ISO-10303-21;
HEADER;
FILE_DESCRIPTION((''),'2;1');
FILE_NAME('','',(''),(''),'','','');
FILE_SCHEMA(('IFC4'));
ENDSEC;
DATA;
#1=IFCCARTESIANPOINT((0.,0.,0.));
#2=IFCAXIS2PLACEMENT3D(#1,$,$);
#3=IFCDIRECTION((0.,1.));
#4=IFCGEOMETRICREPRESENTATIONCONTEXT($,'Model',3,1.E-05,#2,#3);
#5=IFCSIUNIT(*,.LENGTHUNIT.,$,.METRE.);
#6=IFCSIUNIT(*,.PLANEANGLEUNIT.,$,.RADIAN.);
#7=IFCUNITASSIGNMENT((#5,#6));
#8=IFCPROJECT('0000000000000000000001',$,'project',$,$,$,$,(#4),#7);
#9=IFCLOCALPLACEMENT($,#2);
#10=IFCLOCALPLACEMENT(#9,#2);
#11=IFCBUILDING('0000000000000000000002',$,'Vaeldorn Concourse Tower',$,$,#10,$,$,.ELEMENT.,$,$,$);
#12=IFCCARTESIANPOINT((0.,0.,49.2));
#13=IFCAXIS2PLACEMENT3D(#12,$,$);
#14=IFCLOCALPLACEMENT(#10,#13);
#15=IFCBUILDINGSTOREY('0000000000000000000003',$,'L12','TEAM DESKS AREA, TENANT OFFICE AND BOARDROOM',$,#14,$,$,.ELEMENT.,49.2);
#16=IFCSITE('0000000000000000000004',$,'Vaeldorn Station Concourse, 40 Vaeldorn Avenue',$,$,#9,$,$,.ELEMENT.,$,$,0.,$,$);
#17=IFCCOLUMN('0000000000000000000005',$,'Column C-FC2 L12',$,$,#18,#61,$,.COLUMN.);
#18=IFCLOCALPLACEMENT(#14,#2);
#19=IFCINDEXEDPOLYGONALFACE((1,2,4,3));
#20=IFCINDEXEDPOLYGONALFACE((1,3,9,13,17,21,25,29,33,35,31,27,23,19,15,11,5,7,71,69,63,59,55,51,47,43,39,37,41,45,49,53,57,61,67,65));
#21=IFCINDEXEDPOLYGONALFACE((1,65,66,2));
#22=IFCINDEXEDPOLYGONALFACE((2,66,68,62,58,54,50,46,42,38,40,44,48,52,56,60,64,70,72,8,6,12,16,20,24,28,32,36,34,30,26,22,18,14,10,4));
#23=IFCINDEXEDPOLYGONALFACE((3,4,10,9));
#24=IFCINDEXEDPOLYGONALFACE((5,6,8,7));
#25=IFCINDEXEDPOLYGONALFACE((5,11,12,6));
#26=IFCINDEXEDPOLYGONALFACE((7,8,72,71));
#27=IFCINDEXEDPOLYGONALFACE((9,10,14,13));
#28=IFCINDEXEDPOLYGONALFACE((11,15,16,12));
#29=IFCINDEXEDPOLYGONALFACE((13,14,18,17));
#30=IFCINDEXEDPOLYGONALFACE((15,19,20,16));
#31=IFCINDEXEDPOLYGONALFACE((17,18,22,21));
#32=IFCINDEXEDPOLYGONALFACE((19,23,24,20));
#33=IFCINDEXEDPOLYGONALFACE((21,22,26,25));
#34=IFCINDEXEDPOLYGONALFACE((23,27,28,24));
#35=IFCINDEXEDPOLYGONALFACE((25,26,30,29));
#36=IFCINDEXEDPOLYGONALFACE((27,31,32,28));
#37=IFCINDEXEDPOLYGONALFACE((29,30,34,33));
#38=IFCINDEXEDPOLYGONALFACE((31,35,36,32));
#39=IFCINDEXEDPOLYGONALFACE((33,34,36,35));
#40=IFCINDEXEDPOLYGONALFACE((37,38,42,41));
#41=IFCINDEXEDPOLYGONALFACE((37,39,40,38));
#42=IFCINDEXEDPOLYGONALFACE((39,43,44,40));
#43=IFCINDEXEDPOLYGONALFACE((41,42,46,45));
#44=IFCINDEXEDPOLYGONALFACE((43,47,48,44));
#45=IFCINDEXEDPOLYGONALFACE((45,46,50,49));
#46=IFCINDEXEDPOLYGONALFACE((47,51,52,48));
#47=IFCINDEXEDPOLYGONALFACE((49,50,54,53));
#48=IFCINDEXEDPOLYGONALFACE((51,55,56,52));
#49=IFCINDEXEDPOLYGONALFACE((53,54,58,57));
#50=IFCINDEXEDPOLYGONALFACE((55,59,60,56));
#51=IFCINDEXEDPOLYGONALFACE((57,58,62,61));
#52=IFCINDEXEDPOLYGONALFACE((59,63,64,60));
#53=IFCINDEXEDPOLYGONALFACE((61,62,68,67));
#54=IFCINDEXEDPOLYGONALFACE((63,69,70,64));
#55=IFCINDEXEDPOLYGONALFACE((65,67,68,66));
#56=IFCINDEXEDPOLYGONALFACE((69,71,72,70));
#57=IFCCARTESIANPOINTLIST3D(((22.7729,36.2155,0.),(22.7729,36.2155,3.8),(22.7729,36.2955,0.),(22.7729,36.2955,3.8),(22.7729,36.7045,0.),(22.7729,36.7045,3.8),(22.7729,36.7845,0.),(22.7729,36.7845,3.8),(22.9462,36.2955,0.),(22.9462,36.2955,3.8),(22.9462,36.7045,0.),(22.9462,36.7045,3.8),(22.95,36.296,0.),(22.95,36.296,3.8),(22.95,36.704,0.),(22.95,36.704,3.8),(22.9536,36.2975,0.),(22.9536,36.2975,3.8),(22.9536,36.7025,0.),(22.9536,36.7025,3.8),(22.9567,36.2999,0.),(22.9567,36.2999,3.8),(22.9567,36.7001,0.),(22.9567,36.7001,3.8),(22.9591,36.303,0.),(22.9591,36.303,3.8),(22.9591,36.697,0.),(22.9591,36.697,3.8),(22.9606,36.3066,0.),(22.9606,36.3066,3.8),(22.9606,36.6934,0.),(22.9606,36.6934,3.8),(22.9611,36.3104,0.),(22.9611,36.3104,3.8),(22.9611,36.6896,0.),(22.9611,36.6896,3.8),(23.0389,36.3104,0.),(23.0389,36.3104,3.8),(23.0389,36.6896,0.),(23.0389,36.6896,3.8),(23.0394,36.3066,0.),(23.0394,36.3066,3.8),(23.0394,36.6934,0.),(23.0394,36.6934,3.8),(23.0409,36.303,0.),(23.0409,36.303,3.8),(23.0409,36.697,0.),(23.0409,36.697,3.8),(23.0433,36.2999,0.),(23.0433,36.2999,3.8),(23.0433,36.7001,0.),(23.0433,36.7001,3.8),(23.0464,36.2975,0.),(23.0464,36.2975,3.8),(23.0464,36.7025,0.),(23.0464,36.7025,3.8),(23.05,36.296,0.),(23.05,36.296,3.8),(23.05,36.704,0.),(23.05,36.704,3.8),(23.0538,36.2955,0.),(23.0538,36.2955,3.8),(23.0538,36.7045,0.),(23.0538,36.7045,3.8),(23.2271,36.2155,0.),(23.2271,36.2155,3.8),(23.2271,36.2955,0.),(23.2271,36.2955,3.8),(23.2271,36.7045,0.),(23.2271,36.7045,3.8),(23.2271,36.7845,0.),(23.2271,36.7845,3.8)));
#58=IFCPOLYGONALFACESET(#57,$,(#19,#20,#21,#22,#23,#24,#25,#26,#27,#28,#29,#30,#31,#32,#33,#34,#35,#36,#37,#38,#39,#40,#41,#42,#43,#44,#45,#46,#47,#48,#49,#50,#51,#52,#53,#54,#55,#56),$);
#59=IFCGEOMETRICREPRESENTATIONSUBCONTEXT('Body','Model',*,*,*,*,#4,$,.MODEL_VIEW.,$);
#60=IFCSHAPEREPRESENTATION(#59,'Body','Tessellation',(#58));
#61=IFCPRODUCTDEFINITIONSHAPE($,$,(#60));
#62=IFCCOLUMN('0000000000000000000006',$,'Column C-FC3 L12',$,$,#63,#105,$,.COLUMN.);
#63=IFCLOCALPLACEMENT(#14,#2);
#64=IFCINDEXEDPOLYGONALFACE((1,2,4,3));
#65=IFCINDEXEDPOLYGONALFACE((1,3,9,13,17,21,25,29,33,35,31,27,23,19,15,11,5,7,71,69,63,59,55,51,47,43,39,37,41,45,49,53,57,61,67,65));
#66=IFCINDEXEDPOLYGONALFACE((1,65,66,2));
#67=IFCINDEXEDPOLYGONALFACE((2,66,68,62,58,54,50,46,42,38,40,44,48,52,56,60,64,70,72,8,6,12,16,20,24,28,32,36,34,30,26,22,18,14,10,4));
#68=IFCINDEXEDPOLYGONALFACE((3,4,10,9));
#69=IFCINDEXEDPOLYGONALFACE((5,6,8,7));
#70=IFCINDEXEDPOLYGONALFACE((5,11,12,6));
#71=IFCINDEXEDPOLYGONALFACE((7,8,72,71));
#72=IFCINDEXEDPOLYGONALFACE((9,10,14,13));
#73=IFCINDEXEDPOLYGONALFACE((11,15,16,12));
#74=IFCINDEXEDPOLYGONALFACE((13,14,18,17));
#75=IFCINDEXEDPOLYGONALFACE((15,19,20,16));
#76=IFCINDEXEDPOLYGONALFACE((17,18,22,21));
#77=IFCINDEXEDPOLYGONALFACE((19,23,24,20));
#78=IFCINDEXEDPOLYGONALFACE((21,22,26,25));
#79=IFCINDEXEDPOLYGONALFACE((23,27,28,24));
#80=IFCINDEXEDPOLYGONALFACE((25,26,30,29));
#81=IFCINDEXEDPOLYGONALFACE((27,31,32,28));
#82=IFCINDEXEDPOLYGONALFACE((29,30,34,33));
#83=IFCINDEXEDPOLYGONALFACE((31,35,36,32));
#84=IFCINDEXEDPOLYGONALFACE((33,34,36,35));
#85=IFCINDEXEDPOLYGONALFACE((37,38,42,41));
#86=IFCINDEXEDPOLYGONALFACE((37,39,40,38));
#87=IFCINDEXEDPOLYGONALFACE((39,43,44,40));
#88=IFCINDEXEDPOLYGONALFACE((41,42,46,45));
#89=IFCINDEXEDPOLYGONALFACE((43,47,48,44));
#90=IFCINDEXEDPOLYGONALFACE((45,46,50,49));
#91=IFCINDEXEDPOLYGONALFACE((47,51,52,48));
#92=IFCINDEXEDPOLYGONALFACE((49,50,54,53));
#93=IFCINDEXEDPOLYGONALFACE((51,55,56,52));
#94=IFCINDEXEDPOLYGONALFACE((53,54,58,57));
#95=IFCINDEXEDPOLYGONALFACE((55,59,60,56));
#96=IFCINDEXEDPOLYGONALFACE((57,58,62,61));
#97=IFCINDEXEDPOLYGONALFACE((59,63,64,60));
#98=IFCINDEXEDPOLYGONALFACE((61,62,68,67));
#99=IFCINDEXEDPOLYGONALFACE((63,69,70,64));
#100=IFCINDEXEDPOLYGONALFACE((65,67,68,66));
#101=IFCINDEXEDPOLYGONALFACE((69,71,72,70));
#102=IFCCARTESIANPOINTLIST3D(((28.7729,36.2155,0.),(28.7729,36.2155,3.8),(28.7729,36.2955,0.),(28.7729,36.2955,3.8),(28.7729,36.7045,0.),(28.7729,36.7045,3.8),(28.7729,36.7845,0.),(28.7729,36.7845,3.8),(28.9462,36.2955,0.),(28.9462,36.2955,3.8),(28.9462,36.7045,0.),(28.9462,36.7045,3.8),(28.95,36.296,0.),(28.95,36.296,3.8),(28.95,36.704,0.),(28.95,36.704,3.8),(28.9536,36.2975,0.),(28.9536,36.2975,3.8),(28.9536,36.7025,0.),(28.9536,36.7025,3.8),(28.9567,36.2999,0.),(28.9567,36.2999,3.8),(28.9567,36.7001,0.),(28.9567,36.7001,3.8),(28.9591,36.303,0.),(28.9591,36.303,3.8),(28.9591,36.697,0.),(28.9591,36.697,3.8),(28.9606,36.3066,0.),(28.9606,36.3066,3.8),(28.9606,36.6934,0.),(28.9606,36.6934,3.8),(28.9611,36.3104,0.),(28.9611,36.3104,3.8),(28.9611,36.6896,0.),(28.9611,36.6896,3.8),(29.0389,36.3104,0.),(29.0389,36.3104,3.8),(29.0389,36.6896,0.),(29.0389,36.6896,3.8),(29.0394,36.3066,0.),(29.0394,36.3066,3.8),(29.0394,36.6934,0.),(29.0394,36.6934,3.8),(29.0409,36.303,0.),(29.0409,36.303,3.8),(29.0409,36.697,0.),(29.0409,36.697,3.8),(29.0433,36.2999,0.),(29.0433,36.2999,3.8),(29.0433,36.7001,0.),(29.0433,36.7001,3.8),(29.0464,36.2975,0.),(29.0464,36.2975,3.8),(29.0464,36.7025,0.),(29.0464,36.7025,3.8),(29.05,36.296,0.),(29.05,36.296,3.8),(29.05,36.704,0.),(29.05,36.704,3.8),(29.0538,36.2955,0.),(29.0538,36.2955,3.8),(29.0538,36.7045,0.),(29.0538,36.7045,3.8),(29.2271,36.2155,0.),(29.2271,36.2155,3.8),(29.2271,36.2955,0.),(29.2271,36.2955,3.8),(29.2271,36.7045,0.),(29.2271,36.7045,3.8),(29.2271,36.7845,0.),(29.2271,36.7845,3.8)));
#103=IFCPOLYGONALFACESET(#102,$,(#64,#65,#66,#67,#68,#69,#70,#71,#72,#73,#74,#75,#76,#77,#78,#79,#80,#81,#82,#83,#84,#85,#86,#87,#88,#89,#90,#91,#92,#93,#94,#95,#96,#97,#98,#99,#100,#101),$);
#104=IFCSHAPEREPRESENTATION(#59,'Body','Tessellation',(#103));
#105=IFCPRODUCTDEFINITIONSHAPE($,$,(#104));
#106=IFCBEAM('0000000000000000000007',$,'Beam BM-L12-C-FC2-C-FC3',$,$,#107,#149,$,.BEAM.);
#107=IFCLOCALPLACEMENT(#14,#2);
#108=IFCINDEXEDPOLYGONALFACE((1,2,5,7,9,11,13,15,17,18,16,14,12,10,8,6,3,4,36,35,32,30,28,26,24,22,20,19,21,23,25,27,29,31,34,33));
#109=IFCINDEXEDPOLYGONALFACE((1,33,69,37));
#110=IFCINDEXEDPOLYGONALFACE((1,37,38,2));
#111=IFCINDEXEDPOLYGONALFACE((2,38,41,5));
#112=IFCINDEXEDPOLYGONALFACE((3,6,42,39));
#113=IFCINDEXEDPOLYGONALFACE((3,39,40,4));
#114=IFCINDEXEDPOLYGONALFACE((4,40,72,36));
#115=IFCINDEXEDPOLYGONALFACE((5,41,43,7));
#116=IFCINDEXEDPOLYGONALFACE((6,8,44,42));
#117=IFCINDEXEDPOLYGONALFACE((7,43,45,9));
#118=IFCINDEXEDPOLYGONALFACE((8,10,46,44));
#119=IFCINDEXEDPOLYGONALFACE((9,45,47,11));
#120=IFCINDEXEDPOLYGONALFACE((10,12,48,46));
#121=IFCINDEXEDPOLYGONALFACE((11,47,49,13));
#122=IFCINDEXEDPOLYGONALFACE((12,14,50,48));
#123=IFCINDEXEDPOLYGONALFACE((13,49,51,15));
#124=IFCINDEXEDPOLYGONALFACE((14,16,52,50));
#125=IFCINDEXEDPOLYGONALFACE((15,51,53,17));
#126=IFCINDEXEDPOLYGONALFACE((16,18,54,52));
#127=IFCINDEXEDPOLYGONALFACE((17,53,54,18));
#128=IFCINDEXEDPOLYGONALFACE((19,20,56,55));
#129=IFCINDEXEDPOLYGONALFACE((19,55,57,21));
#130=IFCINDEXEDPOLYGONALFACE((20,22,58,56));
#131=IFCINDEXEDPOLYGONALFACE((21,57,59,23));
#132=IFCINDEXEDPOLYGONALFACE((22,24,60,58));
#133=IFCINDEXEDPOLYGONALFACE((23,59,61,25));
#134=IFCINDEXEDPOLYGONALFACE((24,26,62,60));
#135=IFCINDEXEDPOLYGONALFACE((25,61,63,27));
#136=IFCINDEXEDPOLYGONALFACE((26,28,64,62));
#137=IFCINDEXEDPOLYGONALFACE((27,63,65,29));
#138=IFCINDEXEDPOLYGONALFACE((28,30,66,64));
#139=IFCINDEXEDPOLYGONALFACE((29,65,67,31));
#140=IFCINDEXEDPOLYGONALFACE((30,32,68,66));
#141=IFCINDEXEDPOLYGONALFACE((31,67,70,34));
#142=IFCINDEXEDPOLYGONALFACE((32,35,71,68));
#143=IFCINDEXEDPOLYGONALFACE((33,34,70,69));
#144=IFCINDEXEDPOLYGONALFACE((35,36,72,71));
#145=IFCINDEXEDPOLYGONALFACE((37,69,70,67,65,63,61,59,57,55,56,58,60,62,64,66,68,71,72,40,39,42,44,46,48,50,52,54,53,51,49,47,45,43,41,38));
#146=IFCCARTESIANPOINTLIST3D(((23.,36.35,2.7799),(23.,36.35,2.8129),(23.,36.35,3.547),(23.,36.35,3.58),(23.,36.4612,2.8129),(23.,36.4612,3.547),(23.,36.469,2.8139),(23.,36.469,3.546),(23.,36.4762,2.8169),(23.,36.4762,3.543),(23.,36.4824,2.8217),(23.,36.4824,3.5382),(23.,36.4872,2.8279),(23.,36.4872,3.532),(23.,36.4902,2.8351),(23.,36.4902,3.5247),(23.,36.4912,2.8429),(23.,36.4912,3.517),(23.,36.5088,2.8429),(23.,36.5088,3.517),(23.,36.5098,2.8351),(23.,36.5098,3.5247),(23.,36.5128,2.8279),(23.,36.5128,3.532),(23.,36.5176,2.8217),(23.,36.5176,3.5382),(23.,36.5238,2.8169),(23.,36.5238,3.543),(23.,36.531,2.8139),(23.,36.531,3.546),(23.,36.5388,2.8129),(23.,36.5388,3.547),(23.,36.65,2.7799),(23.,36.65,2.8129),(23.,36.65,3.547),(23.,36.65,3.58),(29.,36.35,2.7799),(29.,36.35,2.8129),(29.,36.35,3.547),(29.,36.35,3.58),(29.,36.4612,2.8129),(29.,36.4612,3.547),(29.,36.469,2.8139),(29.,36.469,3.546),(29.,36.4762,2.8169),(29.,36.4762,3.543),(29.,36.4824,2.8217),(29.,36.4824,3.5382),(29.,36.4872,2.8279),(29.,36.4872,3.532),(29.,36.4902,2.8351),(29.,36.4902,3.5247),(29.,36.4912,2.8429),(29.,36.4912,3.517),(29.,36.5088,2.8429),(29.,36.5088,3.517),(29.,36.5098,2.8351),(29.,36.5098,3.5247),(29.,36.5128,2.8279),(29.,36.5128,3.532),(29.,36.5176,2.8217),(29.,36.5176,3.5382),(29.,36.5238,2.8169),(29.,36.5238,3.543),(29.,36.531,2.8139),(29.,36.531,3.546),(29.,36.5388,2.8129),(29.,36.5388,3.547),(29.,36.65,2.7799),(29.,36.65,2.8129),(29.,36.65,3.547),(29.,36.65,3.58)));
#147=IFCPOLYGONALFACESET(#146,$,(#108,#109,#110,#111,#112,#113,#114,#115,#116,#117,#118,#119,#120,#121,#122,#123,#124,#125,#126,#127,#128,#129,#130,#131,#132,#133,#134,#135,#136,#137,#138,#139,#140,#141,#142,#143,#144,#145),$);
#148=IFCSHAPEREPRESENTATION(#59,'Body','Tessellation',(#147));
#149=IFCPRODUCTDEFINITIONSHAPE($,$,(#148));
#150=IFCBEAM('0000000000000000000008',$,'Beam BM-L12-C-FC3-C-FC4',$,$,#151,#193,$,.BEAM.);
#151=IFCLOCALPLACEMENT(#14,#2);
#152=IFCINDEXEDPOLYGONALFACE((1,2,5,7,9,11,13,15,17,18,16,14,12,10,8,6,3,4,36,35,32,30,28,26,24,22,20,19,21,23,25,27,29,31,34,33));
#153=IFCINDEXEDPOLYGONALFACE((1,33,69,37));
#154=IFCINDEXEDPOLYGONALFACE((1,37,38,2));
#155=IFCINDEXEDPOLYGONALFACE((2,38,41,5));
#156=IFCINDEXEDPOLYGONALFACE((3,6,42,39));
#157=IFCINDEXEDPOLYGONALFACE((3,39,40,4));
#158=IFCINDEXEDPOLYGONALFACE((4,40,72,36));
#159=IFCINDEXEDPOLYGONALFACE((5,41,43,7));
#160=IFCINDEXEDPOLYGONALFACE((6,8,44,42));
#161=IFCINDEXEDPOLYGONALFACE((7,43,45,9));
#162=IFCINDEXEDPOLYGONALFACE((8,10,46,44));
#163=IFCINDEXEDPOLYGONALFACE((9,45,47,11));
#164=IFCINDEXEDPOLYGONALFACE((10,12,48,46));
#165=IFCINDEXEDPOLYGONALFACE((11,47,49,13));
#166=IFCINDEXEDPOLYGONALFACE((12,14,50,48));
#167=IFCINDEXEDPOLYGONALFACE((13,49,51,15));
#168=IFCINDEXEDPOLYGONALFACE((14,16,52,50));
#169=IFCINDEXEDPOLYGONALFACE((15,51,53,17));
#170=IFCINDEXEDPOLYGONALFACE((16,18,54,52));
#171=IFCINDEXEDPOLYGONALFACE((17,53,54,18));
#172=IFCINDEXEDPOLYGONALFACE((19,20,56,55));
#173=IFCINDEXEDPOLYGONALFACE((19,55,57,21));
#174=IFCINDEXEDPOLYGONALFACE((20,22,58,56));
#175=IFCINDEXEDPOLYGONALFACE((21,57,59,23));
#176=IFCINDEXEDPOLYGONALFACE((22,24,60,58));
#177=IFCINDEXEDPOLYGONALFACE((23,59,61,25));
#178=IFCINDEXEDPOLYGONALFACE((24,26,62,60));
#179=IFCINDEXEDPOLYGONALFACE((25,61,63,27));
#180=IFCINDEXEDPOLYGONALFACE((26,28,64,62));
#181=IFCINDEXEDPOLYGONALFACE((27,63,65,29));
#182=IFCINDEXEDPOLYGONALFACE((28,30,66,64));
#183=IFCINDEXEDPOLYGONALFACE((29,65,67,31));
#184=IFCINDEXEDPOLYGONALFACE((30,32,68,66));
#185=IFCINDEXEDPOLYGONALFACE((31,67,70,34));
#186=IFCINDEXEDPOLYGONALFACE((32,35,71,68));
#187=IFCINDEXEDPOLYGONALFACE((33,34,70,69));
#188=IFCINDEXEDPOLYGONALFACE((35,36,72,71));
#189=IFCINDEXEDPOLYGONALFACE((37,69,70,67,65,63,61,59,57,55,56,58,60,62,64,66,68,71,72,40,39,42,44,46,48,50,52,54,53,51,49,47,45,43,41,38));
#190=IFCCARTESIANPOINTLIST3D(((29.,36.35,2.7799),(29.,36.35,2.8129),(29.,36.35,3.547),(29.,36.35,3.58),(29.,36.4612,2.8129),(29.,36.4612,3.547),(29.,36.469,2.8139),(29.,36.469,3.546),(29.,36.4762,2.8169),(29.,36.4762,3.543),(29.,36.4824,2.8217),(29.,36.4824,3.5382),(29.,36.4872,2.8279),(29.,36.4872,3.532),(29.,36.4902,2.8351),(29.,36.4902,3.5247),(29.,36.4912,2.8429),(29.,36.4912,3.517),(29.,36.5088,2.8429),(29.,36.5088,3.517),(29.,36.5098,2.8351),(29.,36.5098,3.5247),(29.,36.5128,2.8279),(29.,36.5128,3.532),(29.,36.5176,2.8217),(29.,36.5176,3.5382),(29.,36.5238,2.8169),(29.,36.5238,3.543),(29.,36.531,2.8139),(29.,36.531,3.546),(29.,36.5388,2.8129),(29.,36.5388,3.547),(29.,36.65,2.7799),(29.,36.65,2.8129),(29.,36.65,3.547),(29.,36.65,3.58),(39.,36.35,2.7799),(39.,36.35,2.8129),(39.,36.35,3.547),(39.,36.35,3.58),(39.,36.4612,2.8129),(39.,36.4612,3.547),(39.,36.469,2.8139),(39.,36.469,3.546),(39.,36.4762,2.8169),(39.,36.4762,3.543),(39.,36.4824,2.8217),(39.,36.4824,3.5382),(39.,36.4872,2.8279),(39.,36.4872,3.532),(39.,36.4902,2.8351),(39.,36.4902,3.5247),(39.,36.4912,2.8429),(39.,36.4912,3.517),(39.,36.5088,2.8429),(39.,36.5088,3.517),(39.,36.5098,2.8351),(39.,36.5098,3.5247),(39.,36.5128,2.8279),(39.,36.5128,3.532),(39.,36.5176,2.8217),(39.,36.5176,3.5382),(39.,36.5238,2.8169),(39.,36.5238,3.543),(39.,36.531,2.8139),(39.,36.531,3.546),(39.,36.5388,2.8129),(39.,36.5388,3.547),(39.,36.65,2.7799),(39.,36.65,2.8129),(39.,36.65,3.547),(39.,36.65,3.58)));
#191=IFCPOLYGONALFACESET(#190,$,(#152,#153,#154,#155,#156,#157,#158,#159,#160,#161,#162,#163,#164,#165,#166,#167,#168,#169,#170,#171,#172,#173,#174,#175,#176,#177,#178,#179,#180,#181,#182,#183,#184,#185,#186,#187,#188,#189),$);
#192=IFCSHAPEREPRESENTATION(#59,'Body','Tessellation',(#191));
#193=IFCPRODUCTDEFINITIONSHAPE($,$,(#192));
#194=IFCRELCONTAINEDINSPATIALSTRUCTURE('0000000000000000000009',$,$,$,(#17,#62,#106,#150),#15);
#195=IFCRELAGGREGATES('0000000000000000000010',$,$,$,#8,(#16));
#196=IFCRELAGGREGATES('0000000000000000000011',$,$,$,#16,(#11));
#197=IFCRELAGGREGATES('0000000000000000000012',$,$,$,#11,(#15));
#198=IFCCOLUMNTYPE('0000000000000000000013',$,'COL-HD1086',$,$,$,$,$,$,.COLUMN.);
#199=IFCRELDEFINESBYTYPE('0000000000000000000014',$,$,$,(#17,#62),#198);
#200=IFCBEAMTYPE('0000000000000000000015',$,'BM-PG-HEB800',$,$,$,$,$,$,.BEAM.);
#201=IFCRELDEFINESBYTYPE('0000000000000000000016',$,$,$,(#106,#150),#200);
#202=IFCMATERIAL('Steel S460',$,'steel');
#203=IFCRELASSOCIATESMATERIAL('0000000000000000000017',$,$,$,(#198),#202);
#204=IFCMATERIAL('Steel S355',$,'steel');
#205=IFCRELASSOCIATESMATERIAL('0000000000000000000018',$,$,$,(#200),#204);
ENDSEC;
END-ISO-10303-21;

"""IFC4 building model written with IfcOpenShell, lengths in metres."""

from ifc_helpers import new_model, si_unit, direction, frame, origin, origin_2d, place, context, subcontext, project, spatial, i_section, extrude, source, transform, mapped, material, material_profile, profile_set, type_object, element, save


model = new_model("IFC4")

# Units and contexts
model_context = context("Model", 3, precision=1e-05, world=origin(), true_north=direction((0.0, 1.0)))
body_context = subcontext(model_context, "Body", "Model", "MODEL_VIEW")
ifc_project = project(units=[si_unit("LENGTHUNIT", "METRE"), si_unit("PLANEANGLEUNIT", "RADIAN")], contexts=[model_context])

# Site, building, storey
site_placement = place(None, origin())
site = spatial("IfcSite", under=ifc_project, at=site_placement, Name="Vaeldorn Station Concourse, 40 Vaeldorn Avenue", CompositionType="ELEMENT", RefElevation=0.0)
building_placement = place(site_placement, origin())
building = spatial("IfcBuilding", under=site, at=building_placement, Name="Vaeldorn Concourse Tower", CompositionType="ELEMENT")
storey_placement = place(building_placement, frame((0.0, 0.0, 49.2)))
storey = spatial("IfcBuildingStorey", under=building, at=storey_placement, Name="L12", Description="TEAM DESKS AREA, TENANT OFFICE AND BOARDROOM", CompositionType="ELEMENT", Elevation=49.2)

# Columns
ifc_material_1 = material(Name="Steel S460", Category="steel")
ifc_material_profile_1 = material_profile(ifc_material_1, i_section(OverallWidth=0.4541, OverallDepth=0.5691, WebThickness=0.0779, FlangeThickness=0.0801, FilletRadius=0.0149, at=origin_2d()), Name="HD 400x1086")
ifc_profile_set_1 = profile_set([ifc_material_profile_1], Name="Steel S460")
column_type = type_object("IfcColumnType", Name="COL-HD1086", PredefinedType="COLUMN", material=ifc_profile_set_1)
shared_shape_1 = source(origin(), body_context, "Body", "SweptSolid", [
    extrude(i_section(OverallWidth=0.4541, OverallDepth=0.5691, WebThickness=0.0779, FlangeThickness=0.0801, FilletRadius=0.0149, at=origin_2d()), origin(), (0.0, 0.0, 1.0), 3.8),
])
for number, where, z_axis, x_axis, name in (
    (1, (23.0, 36.5, 0.0), (0.0, 0.0, 1.0), (1.0, 0.0, 0.0), "Column C-FC2 L12"),
    (2, (29.0, 36.5, 0.0), (0.0, 0.0, 1.0), (1.0, 0.0, 0.0), "Column C-FC3 L12"),
):
    element("IfcColumn", number, at=place(storey_placement, frame(where, z_axis=z_axis, x_axis=x_axis)), inside=storey, type_object=column_type, Name=name, PredefinedType="COLUMN", context=body_context, shape_type="MappedRepresentation", body=[
        mapped(shared_shape_1, transform((0.0, 0.0, 0.0), scale=1.0)),
    ])

# Beams
ifc_material_2 = material(Name="Steel S355", Category="steel")
ifc_material_profile_2 = material_profile(ifc_material_2, i_section(OverallWidth=0.3, OverallDepth=0.8, WebThickness=0.0176, FlangeThickness=0.033, FilletRadius=0.03, at=origin_2d()), Name="HEB 800")
ifc_profile_set_2 = profile_set([ifc_material_profile_2], Name="Steel S355")
beam_type_1 = type_object("IfcBeamType", Name="BM-PG-HEB800", PredefinedType="BEAM", material=ifc_profile_set_2)
shared_shape_2 = source(origin(), body_context, "Body", "SweptSolid", [
    extrude(i_section(OverallWidth=0.3, OverallDepth=0.8, WebThickness=0.0176, FlangeThickness=0.033, FilletRadius=0.03, at=origin_2d()), origin(), (0.0, 0.0, 1.0), 6.0),
])
beam_1_placement = place(storey_placement, frame((23.0, 36.5, 3.1799), z_axis=(1.0, 0.0, 0.0), x_axis=(0.0, 1.0, 0.0)))
element("IfcBeam", 3, at=beam_1_placement, inside=storey, type_object=beam_type_1, Name="Beam BM-L12-C-FC2-C-FC3", PredefinedType="BEAM", context=body_context, shape_type="MappedRepresentation", body=[
    mapped(shared_shape_2, transform((0.0, 0.0, 0.0), scale=1.0)),
])
shared_shape_3 = source(origin(), body_context, "Body", "SweptSolid", [
    extrude(i_section(OverallWidth=0.3, OverallDepth=0.8, WebThickness=0.0176, FlangeThickness=0.033, FilletRadius=0.03, at=origin_2d()), origin(), (0.0, 0.0, 1.0), 10.0),
])
beam_2_placement = place(storey_placement, frame((29.0, 36.5, 3.1799), z_axis=(1.0, 0.0, 0.0), x_axis=(0.0, 1.0, 0.0)))
element("IfcBeam", 4, at=beam_2_placement, inside=storey, type_object=beam_type_1, Name="Beam BM-L12-C-FC3-C-FC4", PredefinedType="BEAM", context=body_context, shape_type="MappedRepresentation", body=[
    mapped(shared_shape_3, transform((0.0, 0.0, 0.0), scale=1.0)),
])

save(model, "model.ifc")
